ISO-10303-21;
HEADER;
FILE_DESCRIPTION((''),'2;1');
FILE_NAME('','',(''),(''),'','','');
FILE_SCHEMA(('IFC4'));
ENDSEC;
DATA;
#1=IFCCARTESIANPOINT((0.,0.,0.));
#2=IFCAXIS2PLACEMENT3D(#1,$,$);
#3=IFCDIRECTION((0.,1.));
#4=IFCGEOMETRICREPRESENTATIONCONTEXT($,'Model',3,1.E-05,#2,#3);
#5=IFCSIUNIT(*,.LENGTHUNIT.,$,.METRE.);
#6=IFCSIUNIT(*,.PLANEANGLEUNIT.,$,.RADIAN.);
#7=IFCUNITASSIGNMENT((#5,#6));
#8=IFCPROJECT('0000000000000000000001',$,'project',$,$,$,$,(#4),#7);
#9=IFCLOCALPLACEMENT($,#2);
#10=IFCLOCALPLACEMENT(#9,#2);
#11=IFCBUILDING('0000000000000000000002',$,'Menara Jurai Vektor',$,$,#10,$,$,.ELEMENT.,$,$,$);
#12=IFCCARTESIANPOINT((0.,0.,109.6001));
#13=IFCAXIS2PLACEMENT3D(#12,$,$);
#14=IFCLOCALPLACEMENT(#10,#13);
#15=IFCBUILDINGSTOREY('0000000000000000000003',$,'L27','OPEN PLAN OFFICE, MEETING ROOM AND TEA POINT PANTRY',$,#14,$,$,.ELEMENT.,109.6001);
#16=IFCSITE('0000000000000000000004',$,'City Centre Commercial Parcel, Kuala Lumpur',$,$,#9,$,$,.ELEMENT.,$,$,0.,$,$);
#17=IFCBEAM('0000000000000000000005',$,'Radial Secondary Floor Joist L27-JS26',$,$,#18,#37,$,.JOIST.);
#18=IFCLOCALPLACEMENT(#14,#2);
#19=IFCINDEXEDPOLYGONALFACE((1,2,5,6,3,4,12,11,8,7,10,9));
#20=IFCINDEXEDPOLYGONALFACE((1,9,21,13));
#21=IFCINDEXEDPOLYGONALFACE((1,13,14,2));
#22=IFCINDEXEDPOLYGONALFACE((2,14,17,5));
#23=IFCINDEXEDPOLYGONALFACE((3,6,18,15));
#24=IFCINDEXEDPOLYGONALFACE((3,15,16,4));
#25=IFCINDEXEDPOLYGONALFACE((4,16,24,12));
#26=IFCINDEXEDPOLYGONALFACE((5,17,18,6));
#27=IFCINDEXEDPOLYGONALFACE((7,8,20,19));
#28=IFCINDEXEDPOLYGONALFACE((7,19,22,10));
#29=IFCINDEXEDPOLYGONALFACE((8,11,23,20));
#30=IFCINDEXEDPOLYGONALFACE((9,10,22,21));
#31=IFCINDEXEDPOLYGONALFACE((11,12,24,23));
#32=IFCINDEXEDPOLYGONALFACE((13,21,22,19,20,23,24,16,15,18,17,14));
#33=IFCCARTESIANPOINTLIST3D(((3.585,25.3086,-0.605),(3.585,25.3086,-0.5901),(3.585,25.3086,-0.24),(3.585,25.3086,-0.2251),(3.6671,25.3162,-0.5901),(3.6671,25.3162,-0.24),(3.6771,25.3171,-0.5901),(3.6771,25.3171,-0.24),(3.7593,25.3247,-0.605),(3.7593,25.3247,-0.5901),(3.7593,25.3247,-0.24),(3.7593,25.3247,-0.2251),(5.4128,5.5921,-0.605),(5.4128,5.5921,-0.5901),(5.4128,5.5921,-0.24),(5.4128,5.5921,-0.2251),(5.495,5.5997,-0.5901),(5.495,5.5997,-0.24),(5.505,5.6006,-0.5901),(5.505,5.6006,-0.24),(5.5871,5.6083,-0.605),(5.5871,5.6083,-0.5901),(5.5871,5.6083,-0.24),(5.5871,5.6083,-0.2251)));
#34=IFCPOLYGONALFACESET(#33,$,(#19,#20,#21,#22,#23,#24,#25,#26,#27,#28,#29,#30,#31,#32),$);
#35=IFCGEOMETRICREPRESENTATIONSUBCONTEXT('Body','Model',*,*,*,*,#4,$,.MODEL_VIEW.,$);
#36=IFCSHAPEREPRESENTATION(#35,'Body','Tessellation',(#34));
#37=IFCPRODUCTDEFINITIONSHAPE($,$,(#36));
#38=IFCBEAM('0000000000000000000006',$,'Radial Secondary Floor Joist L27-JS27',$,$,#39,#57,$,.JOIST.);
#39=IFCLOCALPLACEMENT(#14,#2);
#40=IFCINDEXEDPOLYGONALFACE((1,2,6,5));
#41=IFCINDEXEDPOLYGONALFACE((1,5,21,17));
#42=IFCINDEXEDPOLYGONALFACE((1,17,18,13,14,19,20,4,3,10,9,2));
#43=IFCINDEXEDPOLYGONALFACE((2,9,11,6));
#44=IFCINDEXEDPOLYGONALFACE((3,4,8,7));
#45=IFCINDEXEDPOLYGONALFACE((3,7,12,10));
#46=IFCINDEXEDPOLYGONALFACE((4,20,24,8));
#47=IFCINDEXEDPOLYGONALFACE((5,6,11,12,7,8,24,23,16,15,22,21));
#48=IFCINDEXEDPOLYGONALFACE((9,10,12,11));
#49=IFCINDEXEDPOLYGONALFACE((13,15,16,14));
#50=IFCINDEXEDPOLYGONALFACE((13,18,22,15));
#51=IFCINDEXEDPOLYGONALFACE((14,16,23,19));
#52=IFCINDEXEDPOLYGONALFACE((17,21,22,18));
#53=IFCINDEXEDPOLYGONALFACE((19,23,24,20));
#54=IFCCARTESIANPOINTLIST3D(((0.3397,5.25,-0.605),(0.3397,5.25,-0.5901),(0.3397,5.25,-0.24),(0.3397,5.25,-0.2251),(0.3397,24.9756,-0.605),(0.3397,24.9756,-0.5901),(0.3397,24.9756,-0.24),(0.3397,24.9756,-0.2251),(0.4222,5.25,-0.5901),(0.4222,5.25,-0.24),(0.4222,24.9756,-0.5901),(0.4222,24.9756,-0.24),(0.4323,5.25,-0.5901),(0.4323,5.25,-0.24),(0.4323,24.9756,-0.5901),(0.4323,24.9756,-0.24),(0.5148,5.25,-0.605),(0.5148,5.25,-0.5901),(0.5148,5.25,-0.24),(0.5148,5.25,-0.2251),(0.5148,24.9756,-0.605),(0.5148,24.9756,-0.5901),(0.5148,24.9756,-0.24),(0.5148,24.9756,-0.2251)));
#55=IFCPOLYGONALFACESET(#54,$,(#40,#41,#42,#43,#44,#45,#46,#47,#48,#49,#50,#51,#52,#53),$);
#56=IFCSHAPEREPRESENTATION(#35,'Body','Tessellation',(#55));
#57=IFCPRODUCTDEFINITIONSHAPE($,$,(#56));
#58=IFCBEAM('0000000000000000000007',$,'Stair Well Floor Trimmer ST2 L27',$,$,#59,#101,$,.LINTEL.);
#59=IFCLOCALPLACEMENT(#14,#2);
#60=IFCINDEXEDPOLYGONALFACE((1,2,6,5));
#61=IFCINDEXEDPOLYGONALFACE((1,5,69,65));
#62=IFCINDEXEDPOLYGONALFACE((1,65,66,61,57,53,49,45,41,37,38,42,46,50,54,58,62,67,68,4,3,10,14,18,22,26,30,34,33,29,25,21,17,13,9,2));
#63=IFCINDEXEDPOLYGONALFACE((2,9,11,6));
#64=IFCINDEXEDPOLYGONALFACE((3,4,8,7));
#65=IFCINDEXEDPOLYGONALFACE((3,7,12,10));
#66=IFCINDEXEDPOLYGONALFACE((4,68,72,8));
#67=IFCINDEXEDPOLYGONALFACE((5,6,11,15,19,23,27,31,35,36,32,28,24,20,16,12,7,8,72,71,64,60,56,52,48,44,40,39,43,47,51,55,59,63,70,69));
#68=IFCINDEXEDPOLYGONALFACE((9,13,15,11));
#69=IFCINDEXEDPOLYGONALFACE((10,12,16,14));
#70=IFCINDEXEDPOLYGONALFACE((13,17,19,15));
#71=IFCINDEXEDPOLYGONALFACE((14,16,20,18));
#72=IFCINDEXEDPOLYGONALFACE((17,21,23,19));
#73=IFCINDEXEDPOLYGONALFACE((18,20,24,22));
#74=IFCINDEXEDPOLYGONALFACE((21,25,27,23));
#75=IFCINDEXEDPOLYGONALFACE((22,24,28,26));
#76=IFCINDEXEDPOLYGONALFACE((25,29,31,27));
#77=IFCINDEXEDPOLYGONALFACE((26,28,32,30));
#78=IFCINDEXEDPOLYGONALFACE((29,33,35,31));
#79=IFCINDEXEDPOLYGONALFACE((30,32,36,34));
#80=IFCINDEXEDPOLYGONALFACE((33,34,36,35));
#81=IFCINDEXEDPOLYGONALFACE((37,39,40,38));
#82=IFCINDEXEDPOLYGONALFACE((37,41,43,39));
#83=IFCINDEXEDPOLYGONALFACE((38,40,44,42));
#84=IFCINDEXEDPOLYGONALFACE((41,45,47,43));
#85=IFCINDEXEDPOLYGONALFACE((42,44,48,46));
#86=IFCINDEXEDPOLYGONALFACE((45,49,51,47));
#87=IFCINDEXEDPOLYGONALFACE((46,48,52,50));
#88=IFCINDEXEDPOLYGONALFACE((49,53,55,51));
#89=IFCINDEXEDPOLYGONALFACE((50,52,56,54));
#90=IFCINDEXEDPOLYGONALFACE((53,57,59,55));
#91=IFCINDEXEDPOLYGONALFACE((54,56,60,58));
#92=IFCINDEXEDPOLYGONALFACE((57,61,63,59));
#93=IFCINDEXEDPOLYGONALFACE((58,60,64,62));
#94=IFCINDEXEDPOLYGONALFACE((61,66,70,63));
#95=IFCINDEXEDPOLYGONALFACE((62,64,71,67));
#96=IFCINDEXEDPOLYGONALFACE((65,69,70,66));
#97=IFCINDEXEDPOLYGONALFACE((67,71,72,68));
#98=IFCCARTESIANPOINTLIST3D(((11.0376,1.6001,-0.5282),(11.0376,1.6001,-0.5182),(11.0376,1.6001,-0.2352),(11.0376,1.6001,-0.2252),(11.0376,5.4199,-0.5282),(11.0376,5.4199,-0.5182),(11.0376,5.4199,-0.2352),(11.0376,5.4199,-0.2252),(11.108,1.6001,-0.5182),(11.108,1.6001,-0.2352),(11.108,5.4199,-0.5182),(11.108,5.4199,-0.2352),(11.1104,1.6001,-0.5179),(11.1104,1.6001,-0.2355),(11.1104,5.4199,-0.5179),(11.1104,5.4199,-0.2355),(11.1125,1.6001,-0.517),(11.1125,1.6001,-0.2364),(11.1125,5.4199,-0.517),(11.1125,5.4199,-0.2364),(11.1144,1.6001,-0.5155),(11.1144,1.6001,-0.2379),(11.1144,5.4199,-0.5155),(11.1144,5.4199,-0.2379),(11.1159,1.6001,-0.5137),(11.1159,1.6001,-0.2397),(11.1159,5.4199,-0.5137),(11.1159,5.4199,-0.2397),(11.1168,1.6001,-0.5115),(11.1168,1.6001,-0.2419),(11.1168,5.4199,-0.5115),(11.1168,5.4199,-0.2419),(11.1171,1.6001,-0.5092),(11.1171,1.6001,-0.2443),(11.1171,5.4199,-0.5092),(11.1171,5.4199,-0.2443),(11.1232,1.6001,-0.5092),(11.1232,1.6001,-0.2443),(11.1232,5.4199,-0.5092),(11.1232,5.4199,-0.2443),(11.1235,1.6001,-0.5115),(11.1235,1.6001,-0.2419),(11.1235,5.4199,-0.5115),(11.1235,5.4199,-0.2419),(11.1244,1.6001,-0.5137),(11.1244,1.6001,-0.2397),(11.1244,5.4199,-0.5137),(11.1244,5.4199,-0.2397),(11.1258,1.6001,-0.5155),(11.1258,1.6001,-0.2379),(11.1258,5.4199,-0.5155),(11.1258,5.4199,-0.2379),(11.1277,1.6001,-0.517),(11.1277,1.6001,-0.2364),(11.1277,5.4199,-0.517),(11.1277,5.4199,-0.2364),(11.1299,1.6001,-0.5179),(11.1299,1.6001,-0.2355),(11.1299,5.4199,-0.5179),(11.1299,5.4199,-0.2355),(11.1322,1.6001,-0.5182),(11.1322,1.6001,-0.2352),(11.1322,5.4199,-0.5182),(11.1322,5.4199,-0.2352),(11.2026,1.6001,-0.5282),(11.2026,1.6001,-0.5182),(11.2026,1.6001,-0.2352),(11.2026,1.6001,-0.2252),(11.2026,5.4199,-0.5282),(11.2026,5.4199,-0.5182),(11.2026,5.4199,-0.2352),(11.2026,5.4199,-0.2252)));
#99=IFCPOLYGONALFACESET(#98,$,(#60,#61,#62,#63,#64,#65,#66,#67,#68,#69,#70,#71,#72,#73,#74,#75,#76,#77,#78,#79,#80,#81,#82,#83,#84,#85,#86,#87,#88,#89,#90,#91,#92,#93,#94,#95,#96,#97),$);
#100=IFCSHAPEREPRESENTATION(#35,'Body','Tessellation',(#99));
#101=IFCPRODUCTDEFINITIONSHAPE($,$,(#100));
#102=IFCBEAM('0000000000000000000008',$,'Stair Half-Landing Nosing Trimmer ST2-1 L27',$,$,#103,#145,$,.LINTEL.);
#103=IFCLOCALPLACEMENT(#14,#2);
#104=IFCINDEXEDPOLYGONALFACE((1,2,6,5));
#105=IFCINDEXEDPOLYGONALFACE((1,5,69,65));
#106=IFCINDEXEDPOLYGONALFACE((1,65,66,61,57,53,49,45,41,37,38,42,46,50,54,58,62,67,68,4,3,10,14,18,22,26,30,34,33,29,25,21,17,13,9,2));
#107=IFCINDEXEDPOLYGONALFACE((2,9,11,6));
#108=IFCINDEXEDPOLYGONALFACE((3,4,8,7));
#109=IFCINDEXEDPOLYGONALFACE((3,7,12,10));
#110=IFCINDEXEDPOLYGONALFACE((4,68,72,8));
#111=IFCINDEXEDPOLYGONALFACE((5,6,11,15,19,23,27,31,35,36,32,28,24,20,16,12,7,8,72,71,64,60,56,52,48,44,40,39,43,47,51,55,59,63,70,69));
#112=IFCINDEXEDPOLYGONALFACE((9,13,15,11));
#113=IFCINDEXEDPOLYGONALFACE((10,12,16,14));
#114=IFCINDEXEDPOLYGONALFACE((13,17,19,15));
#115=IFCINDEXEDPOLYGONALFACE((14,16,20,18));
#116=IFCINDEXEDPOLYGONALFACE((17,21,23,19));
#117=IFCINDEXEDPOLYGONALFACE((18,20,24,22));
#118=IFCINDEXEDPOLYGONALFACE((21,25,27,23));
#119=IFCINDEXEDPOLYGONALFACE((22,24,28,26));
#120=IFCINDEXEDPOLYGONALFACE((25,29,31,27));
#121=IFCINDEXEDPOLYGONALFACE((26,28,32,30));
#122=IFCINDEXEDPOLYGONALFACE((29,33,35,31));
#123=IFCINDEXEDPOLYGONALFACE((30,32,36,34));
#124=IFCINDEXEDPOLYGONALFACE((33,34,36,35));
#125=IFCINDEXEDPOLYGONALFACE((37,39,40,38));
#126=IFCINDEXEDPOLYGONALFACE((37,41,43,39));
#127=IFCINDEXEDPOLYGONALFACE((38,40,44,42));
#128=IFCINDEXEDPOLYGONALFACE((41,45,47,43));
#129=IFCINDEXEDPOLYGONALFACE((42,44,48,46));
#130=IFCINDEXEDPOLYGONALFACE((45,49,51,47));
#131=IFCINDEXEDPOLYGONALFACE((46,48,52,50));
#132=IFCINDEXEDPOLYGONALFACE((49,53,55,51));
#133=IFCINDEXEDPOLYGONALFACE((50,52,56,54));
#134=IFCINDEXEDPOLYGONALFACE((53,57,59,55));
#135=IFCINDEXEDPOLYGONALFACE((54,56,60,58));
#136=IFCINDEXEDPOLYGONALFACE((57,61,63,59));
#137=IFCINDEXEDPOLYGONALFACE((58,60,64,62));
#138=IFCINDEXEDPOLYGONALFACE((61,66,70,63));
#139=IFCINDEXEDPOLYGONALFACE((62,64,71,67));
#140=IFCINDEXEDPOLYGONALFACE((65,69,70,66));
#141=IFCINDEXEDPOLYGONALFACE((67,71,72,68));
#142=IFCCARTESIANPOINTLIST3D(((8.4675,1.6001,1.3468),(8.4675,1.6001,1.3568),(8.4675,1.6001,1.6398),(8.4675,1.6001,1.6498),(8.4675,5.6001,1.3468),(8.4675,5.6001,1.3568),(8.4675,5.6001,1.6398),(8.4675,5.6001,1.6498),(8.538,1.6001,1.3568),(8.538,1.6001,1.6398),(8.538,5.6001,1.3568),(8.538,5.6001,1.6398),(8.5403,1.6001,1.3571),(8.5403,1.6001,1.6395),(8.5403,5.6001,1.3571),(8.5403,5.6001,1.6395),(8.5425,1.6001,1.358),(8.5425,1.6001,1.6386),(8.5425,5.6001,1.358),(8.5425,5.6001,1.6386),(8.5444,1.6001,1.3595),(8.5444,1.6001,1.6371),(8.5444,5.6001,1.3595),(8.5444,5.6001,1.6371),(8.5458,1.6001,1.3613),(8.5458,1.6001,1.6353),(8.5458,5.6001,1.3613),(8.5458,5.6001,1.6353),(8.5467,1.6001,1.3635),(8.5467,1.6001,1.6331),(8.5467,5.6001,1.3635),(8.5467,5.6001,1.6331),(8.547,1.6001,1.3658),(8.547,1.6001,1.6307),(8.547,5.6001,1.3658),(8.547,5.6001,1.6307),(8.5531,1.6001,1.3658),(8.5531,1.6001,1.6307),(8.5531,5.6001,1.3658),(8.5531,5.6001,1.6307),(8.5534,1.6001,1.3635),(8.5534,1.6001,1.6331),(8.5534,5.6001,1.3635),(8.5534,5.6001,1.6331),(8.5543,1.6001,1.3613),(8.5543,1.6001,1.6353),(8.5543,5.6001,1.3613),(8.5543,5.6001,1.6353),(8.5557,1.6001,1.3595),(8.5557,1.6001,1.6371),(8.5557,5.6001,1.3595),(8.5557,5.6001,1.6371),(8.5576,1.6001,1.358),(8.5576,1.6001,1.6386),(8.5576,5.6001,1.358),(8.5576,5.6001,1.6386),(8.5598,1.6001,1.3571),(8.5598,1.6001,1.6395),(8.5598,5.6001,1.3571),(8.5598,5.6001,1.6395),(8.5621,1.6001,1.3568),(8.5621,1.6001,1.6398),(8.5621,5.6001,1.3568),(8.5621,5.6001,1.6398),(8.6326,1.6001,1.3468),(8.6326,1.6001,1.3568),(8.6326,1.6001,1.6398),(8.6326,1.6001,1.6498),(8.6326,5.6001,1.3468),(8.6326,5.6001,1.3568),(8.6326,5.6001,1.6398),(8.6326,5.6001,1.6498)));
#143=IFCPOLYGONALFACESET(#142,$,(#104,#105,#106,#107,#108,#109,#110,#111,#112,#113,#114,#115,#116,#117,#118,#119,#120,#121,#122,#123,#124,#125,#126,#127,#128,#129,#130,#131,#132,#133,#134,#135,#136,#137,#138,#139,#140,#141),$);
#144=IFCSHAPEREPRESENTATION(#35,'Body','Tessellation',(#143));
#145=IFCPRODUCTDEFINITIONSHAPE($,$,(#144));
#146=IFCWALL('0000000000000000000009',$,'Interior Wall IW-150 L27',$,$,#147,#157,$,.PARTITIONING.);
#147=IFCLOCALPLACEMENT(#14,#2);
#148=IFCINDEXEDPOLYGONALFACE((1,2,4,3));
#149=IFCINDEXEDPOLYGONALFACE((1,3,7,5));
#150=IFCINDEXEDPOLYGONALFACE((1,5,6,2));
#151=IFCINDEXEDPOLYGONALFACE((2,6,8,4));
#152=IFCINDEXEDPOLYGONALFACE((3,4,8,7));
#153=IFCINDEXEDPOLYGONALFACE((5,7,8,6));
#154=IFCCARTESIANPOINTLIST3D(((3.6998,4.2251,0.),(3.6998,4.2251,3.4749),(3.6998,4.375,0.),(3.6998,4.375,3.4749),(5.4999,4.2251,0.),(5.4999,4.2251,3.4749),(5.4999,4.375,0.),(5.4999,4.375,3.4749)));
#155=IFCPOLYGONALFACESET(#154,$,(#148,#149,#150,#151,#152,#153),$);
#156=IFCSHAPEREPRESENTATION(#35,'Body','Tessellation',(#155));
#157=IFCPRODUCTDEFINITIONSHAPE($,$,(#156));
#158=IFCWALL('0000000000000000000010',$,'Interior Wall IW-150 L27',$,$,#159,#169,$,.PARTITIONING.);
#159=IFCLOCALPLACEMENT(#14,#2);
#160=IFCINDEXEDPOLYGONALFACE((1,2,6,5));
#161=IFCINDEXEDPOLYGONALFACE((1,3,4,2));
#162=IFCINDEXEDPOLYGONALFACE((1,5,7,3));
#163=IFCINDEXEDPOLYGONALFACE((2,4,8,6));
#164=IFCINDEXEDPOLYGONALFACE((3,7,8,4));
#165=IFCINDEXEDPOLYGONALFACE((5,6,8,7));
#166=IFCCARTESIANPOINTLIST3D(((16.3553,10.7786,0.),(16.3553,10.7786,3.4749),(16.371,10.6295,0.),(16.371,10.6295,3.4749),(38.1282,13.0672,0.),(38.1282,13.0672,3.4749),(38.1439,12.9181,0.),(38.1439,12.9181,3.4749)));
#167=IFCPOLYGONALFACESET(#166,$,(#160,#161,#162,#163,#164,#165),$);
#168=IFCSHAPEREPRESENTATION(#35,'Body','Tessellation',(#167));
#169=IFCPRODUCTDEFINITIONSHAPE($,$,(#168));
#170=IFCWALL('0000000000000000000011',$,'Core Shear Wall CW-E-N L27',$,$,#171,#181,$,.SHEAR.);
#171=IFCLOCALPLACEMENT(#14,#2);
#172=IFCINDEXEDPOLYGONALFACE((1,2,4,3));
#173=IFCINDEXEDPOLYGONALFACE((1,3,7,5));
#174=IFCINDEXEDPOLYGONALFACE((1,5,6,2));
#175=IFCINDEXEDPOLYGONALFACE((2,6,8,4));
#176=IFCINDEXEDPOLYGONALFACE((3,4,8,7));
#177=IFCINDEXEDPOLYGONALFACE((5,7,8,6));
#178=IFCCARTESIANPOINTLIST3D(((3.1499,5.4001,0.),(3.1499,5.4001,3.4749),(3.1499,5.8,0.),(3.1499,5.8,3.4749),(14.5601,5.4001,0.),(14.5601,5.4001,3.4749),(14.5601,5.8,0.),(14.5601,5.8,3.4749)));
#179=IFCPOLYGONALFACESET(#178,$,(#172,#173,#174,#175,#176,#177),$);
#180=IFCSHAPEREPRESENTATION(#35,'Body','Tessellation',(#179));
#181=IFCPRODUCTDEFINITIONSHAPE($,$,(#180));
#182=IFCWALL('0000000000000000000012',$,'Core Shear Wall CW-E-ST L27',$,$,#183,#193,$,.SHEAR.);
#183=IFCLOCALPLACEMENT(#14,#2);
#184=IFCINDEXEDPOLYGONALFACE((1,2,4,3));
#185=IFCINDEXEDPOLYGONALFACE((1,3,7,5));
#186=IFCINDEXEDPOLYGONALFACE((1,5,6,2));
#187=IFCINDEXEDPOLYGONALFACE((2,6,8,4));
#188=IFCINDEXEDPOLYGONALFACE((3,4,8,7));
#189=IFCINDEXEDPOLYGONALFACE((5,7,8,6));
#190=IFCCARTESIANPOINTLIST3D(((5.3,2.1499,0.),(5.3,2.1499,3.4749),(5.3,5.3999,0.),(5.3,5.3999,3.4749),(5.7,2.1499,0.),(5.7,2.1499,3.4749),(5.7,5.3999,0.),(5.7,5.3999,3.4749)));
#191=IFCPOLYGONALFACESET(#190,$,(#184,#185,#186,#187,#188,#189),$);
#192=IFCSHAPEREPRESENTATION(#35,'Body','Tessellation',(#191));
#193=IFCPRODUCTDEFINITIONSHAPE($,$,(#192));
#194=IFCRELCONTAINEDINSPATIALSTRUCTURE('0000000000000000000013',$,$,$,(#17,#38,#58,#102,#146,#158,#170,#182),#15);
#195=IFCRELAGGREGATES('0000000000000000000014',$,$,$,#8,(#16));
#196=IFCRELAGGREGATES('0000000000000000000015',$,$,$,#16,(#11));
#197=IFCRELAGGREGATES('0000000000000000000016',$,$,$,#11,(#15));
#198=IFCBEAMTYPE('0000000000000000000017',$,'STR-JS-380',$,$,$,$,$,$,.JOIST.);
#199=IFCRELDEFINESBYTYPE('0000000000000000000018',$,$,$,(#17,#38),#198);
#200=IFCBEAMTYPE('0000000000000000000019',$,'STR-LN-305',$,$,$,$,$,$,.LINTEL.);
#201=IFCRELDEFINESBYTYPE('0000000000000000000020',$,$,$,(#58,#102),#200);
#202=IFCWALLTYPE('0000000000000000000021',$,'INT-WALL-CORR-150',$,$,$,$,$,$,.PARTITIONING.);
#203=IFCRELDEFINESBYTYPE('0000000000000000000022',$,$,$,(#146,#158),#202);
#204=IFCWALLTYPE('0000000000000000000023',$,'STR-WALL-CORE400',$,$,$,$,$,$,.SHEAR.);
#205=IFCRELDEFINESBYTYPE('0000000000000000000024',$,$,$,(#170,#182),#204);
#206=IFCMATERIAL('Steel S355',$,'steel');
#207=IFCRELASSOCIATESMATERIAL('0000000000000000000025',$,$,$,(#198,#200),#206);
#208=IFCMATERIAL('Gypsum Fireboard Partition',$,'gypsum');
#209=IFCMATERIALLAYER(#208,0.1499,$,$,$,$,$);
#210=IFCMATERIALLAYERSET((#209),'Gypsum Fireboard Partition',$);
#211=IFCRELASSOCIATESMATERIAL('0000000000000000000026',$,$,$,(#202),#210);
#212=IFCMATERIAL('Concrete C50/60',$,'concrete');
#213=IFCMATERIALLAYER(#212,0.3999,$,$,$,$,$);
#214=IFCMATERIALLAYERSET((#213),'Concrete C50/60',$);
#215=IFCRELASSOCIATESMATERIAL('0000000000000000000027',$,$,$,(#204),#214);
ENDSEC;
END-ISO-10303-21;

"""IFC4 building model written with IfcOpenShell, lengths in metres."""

from ifc_helpers import new_model, si_unit, direction, frame, frame_2d, origin, origin_2d, place, context, subcontext, project, spatial, rectangle, i_section, extrude, material, layer, layer_set, material_profile, profile_set, type_object, element, save


model = new_model("IFC4")

# Units and contexts
model_context = context("Model", 3, precision=1e-05, world=origin(), true_north=direction((0.0, 1.0)))
body_context = subcontext(model_context, "Body", "Model", "MODEL_VIEW")
ifc_project = project(units=[si_unit("LENGTHUNIT", "METRE"), si_unit("PLANEANGLEUNIT", "RADIAN")], contexts=[model_context])

# Site, building, storey
site_placement = place(None, origin())
site = spatial("IfcSite", under=ifc_project, at=site_placement, Name="City Centre Commercial Parcel, Kuala Lumpur", CompositionType="ELEMENT", RefElevation=0.0)
building_placement = place(site_placement, origin())
building = spatial("IfcBuilding", under=site, at=building_placement, Name="Menara Jurai Vektor", CompositionType="ELEMENT")
storey_placement = place(building_placement, frame((0.0, 0.0, 109.6001)))
storey = spatial("IfcBuildingStorey", under=building, at=storey_placement, Name="L27", Description="OPEN PLAN OFFICE, MEETING ROOM AND TEA POINT PANTRY", CompositionType="ELEMENT", Elevation=109.6001)

# Shared definitions
ifc_material_1 = material(Name="Concrete C50/60", Category="concrete")
ifc_material_2 = material(Name="Steel S355", Category="steel")

# Beams
ifc_material_profile_1 = material_profile(ifc_material_2, i_section(OverallWidth=0.175, OverallDepth=0.3799, WebThickness=0.01, FlangeThickness=0.0149, at=origin_2d()), Name="PG 380x175x58")
ifc_profile_set_1 = profile_set([ifc_material_profile_1], Name="Steel S355")
beam_type_1 = type_object("IfcBeamType", Name="STR-JS-380", PredefinedType="JOIST", material=ifc_profile_set_1)
beam_1_placement = place(storey_placement, frame((3.6721, 25.3167, -0.415), z_axis=(0.092312, -0.99573, 0.0), x_axis=(0.99573, 0.092312, 0.0)))
element("IfcBeam", 1, at=beam_1_placement, inside=storey, type_object=beam_type_1, Name="Radial Secondary Floor Joist L27-JS26", PredefinedType="JOIST", context=body_context, shape_type="SweptSolid", body=[
    extrude(i_section(OverallWidth=0.175, OverallDepth=0.3799, WebThickness=0.01, FlangeThickness=0.0149, at=origin_2d()), origin(), (0.0, 0.0, 1.0), 19.801),
])
beam_2_placement = place(storey_placement, frame((0.4272, 24.9756, -0.415), z_axis=(0.0, -1.0, 0.0), x_axis=(1.0, 0.0, 0.0)))
element("IfcBeam", 2, at=beam_2_placement, inside=storey, type_object=beam_type_1, Name="Radial Secondary Floor Joist L27-JS27", PredefinedType="JOIST", context=body_context, shape_type="SweptSolid", body=[
    extrude(i_section(OverallWidth=0.175, OverallDepth=0.3799, WebThickness=0.01, FlangeThickness=0.0149, at=origin_2d()), origin(), (0.0, 0.0, 1.0), 19.7256),
])
ifc_material_profile_2 = material_profile(ifc_material_2, i_section(OverallWidth=0.165, OverallDepth=0.303, WebThickness=0.0061, FlangeThickness=0.01, FilletRadius=0.009, at=origin_2d()), Name="UKB 305x165x40")
ifc_profile_set_2 = profile_set([ifc_material_profile_2], Name="Steel S355")
beam_type_2 = type_object("IfcBeamType", Name="STR-LN-305", PredefinedType="LINTEL", material=ifc_profile_set_2)
beam_3_placement = place(storey_placement, frame((11.1201, 1.6001, -0.3767), z_axis=(0.0, 1.0, 0.0), x_axis=(-1.0, 0.0, 0.0)))
element("IfcBeam", 3, at=beam_3_placement, inside=storey, type_object=beam_type_2, Name="Stair Well Floor Trimmer ST2 L27", PredefinedType="LINTEL", context=body_context, shape_type="SweptSolid", body=[
    extrude(i_section(OverallWidth=0.165, OverallDepth=0.303, WebThickness=0.0061, FlangeThickness=0.01, FilletRadius=0.009, at=origin_2d()), origin(), (0.0, 0.0, 1.0), 3.8198),
])
beam_4_placement = place(storey_placement, frame((8.55, 1.6001, 1.4983), z_axis=(0.0, 1.0, 0.0), x_axis=(-1.0, 0.0, 0.0)))
element("IfcBeam", 4, at=beam_4_placement, inside=storey, type_object=beam_type_2, Name="Stair Half-Landing Nosing Trimmer ST2-1 L27", PredefinedType="LINTEL", context=body_context, shape_type="SweptSolid", body=[
    extrude(i_section(OverallWidth=0.165, OverallDepth=0.303, WebThickness=0.0061, FlangeThickness=0.01, FilletRadius=0.009, at=origin_2d()), origin(), (0.0, 0.0, 1.0), 4.0),
])

# Walls
ifc_material_3 = material(Name="Gypsum Fireboard Partition", Category="gypsum")
ifc_layer_1 = layer(ifc_material_3, 0.1499)
ifc_layer_set_1 = layer_set([ifc_layer_1], Name="Gypsum Fireboard Partition")
wall_type_1 = type_object("IfcWallType", Name="INT-WALL-CORR-150", PredefinedType="PARTITIONING", material=ifc_layer_set_1)
wall_1_placement = place(storey_placement, frame((3.7, 4.3, 0.0), z_axis=(0.0, 0.0, 1.0), x_axis=(1.0, 0.0, 0.0)))
element("IfcWall", 5, at=wall_1_placement, inside=storey, type_object=wall_type_1, Name="Interior Wall IW-150 L27", PredefinedType="PARTITIONING", context=body_context, shape_type="SweptSolid", body=[
    extrude(rectangle(XDim=1.8, YDim=0.1499, at=frame_2d((0.8999, 0.0))), origin(), (0.0, 0.0, 1.0), 3.4749),
])
wall_2_placement = place(storey_placement, frame((16.3633, 10.7041, 0.0), z_axis=(0.0, 0.0, 1.0), x_axis=(0.994521, 0.104535, 0.0)))
element("IfcWall", 6, at=wall_2_placement, inside=storey, type_object=wall_type_1, Name="Interior Wall IW-150 L27", PredefinedType="PARTITIONING", context=body_context, shape_type="SweptSolid", body=[
    extrude(rectangle(XDim=21.8928, YDim=0.1499, at=frame_2d((10.9463, 0.0))), origin(), (0.0, 0.0, 1.0), 3.4749),
])
ifc_layer_2 = layer(ifc_material_1, 0.3999)
ifc_layer_set_2 = layer_set([ifc_layer_2], Name="Concrete C50/60")
wall_type_2 = type_object("IfcWallType", Name="STR-WALL-CORE400", PredefinedType="SHEAR", material=ifc_layer_set_2)
wall_3_placement = place(storey_placement, frame((3.1499, 5.6001, 0.0), z_axis=(0.0, 0.0, 1.0), x_axis=(1.0, 0.0, 0.0)))
element("IfcWall", 7, at=wall_3_placement, inside=storey, type_object=wall_type_2, Name="Core Shear Wall CW-E-N L27", PredefinedType="SHEAR", context=body_context, shape_type="SweptSolid", body=[
    extrude(rectangle(XDim=11.4102, YDim=0.3999, at=frame_2d((5.7051, 0.0))), origin(), (0.0, 0.0, 1.0), 3.4749),
])
wall_4_placement = place(storey_placement, frame((5.5, 2.1499, 0.0), z_axis=(0.0, 0.0, 1.0), x_axis=(0.0, 1.0, 0.0)))
element("IfcWall", 8, at=wall_4_placement, inside=storey, type_object=wall_type_2, Name="Core Shear Wall CW-E-ST L27", PredefinedType="SHEAR", context=body_context, shape_type="SweptSolid", body=[
    extrude(rectangle(XDim=3.25, YDim=0.3999, at=frame_2d((1.625, 0.0))), origin(), (0.0, 0.0, 1.0), 3.4749),
])

save(model, "model.ifc")
